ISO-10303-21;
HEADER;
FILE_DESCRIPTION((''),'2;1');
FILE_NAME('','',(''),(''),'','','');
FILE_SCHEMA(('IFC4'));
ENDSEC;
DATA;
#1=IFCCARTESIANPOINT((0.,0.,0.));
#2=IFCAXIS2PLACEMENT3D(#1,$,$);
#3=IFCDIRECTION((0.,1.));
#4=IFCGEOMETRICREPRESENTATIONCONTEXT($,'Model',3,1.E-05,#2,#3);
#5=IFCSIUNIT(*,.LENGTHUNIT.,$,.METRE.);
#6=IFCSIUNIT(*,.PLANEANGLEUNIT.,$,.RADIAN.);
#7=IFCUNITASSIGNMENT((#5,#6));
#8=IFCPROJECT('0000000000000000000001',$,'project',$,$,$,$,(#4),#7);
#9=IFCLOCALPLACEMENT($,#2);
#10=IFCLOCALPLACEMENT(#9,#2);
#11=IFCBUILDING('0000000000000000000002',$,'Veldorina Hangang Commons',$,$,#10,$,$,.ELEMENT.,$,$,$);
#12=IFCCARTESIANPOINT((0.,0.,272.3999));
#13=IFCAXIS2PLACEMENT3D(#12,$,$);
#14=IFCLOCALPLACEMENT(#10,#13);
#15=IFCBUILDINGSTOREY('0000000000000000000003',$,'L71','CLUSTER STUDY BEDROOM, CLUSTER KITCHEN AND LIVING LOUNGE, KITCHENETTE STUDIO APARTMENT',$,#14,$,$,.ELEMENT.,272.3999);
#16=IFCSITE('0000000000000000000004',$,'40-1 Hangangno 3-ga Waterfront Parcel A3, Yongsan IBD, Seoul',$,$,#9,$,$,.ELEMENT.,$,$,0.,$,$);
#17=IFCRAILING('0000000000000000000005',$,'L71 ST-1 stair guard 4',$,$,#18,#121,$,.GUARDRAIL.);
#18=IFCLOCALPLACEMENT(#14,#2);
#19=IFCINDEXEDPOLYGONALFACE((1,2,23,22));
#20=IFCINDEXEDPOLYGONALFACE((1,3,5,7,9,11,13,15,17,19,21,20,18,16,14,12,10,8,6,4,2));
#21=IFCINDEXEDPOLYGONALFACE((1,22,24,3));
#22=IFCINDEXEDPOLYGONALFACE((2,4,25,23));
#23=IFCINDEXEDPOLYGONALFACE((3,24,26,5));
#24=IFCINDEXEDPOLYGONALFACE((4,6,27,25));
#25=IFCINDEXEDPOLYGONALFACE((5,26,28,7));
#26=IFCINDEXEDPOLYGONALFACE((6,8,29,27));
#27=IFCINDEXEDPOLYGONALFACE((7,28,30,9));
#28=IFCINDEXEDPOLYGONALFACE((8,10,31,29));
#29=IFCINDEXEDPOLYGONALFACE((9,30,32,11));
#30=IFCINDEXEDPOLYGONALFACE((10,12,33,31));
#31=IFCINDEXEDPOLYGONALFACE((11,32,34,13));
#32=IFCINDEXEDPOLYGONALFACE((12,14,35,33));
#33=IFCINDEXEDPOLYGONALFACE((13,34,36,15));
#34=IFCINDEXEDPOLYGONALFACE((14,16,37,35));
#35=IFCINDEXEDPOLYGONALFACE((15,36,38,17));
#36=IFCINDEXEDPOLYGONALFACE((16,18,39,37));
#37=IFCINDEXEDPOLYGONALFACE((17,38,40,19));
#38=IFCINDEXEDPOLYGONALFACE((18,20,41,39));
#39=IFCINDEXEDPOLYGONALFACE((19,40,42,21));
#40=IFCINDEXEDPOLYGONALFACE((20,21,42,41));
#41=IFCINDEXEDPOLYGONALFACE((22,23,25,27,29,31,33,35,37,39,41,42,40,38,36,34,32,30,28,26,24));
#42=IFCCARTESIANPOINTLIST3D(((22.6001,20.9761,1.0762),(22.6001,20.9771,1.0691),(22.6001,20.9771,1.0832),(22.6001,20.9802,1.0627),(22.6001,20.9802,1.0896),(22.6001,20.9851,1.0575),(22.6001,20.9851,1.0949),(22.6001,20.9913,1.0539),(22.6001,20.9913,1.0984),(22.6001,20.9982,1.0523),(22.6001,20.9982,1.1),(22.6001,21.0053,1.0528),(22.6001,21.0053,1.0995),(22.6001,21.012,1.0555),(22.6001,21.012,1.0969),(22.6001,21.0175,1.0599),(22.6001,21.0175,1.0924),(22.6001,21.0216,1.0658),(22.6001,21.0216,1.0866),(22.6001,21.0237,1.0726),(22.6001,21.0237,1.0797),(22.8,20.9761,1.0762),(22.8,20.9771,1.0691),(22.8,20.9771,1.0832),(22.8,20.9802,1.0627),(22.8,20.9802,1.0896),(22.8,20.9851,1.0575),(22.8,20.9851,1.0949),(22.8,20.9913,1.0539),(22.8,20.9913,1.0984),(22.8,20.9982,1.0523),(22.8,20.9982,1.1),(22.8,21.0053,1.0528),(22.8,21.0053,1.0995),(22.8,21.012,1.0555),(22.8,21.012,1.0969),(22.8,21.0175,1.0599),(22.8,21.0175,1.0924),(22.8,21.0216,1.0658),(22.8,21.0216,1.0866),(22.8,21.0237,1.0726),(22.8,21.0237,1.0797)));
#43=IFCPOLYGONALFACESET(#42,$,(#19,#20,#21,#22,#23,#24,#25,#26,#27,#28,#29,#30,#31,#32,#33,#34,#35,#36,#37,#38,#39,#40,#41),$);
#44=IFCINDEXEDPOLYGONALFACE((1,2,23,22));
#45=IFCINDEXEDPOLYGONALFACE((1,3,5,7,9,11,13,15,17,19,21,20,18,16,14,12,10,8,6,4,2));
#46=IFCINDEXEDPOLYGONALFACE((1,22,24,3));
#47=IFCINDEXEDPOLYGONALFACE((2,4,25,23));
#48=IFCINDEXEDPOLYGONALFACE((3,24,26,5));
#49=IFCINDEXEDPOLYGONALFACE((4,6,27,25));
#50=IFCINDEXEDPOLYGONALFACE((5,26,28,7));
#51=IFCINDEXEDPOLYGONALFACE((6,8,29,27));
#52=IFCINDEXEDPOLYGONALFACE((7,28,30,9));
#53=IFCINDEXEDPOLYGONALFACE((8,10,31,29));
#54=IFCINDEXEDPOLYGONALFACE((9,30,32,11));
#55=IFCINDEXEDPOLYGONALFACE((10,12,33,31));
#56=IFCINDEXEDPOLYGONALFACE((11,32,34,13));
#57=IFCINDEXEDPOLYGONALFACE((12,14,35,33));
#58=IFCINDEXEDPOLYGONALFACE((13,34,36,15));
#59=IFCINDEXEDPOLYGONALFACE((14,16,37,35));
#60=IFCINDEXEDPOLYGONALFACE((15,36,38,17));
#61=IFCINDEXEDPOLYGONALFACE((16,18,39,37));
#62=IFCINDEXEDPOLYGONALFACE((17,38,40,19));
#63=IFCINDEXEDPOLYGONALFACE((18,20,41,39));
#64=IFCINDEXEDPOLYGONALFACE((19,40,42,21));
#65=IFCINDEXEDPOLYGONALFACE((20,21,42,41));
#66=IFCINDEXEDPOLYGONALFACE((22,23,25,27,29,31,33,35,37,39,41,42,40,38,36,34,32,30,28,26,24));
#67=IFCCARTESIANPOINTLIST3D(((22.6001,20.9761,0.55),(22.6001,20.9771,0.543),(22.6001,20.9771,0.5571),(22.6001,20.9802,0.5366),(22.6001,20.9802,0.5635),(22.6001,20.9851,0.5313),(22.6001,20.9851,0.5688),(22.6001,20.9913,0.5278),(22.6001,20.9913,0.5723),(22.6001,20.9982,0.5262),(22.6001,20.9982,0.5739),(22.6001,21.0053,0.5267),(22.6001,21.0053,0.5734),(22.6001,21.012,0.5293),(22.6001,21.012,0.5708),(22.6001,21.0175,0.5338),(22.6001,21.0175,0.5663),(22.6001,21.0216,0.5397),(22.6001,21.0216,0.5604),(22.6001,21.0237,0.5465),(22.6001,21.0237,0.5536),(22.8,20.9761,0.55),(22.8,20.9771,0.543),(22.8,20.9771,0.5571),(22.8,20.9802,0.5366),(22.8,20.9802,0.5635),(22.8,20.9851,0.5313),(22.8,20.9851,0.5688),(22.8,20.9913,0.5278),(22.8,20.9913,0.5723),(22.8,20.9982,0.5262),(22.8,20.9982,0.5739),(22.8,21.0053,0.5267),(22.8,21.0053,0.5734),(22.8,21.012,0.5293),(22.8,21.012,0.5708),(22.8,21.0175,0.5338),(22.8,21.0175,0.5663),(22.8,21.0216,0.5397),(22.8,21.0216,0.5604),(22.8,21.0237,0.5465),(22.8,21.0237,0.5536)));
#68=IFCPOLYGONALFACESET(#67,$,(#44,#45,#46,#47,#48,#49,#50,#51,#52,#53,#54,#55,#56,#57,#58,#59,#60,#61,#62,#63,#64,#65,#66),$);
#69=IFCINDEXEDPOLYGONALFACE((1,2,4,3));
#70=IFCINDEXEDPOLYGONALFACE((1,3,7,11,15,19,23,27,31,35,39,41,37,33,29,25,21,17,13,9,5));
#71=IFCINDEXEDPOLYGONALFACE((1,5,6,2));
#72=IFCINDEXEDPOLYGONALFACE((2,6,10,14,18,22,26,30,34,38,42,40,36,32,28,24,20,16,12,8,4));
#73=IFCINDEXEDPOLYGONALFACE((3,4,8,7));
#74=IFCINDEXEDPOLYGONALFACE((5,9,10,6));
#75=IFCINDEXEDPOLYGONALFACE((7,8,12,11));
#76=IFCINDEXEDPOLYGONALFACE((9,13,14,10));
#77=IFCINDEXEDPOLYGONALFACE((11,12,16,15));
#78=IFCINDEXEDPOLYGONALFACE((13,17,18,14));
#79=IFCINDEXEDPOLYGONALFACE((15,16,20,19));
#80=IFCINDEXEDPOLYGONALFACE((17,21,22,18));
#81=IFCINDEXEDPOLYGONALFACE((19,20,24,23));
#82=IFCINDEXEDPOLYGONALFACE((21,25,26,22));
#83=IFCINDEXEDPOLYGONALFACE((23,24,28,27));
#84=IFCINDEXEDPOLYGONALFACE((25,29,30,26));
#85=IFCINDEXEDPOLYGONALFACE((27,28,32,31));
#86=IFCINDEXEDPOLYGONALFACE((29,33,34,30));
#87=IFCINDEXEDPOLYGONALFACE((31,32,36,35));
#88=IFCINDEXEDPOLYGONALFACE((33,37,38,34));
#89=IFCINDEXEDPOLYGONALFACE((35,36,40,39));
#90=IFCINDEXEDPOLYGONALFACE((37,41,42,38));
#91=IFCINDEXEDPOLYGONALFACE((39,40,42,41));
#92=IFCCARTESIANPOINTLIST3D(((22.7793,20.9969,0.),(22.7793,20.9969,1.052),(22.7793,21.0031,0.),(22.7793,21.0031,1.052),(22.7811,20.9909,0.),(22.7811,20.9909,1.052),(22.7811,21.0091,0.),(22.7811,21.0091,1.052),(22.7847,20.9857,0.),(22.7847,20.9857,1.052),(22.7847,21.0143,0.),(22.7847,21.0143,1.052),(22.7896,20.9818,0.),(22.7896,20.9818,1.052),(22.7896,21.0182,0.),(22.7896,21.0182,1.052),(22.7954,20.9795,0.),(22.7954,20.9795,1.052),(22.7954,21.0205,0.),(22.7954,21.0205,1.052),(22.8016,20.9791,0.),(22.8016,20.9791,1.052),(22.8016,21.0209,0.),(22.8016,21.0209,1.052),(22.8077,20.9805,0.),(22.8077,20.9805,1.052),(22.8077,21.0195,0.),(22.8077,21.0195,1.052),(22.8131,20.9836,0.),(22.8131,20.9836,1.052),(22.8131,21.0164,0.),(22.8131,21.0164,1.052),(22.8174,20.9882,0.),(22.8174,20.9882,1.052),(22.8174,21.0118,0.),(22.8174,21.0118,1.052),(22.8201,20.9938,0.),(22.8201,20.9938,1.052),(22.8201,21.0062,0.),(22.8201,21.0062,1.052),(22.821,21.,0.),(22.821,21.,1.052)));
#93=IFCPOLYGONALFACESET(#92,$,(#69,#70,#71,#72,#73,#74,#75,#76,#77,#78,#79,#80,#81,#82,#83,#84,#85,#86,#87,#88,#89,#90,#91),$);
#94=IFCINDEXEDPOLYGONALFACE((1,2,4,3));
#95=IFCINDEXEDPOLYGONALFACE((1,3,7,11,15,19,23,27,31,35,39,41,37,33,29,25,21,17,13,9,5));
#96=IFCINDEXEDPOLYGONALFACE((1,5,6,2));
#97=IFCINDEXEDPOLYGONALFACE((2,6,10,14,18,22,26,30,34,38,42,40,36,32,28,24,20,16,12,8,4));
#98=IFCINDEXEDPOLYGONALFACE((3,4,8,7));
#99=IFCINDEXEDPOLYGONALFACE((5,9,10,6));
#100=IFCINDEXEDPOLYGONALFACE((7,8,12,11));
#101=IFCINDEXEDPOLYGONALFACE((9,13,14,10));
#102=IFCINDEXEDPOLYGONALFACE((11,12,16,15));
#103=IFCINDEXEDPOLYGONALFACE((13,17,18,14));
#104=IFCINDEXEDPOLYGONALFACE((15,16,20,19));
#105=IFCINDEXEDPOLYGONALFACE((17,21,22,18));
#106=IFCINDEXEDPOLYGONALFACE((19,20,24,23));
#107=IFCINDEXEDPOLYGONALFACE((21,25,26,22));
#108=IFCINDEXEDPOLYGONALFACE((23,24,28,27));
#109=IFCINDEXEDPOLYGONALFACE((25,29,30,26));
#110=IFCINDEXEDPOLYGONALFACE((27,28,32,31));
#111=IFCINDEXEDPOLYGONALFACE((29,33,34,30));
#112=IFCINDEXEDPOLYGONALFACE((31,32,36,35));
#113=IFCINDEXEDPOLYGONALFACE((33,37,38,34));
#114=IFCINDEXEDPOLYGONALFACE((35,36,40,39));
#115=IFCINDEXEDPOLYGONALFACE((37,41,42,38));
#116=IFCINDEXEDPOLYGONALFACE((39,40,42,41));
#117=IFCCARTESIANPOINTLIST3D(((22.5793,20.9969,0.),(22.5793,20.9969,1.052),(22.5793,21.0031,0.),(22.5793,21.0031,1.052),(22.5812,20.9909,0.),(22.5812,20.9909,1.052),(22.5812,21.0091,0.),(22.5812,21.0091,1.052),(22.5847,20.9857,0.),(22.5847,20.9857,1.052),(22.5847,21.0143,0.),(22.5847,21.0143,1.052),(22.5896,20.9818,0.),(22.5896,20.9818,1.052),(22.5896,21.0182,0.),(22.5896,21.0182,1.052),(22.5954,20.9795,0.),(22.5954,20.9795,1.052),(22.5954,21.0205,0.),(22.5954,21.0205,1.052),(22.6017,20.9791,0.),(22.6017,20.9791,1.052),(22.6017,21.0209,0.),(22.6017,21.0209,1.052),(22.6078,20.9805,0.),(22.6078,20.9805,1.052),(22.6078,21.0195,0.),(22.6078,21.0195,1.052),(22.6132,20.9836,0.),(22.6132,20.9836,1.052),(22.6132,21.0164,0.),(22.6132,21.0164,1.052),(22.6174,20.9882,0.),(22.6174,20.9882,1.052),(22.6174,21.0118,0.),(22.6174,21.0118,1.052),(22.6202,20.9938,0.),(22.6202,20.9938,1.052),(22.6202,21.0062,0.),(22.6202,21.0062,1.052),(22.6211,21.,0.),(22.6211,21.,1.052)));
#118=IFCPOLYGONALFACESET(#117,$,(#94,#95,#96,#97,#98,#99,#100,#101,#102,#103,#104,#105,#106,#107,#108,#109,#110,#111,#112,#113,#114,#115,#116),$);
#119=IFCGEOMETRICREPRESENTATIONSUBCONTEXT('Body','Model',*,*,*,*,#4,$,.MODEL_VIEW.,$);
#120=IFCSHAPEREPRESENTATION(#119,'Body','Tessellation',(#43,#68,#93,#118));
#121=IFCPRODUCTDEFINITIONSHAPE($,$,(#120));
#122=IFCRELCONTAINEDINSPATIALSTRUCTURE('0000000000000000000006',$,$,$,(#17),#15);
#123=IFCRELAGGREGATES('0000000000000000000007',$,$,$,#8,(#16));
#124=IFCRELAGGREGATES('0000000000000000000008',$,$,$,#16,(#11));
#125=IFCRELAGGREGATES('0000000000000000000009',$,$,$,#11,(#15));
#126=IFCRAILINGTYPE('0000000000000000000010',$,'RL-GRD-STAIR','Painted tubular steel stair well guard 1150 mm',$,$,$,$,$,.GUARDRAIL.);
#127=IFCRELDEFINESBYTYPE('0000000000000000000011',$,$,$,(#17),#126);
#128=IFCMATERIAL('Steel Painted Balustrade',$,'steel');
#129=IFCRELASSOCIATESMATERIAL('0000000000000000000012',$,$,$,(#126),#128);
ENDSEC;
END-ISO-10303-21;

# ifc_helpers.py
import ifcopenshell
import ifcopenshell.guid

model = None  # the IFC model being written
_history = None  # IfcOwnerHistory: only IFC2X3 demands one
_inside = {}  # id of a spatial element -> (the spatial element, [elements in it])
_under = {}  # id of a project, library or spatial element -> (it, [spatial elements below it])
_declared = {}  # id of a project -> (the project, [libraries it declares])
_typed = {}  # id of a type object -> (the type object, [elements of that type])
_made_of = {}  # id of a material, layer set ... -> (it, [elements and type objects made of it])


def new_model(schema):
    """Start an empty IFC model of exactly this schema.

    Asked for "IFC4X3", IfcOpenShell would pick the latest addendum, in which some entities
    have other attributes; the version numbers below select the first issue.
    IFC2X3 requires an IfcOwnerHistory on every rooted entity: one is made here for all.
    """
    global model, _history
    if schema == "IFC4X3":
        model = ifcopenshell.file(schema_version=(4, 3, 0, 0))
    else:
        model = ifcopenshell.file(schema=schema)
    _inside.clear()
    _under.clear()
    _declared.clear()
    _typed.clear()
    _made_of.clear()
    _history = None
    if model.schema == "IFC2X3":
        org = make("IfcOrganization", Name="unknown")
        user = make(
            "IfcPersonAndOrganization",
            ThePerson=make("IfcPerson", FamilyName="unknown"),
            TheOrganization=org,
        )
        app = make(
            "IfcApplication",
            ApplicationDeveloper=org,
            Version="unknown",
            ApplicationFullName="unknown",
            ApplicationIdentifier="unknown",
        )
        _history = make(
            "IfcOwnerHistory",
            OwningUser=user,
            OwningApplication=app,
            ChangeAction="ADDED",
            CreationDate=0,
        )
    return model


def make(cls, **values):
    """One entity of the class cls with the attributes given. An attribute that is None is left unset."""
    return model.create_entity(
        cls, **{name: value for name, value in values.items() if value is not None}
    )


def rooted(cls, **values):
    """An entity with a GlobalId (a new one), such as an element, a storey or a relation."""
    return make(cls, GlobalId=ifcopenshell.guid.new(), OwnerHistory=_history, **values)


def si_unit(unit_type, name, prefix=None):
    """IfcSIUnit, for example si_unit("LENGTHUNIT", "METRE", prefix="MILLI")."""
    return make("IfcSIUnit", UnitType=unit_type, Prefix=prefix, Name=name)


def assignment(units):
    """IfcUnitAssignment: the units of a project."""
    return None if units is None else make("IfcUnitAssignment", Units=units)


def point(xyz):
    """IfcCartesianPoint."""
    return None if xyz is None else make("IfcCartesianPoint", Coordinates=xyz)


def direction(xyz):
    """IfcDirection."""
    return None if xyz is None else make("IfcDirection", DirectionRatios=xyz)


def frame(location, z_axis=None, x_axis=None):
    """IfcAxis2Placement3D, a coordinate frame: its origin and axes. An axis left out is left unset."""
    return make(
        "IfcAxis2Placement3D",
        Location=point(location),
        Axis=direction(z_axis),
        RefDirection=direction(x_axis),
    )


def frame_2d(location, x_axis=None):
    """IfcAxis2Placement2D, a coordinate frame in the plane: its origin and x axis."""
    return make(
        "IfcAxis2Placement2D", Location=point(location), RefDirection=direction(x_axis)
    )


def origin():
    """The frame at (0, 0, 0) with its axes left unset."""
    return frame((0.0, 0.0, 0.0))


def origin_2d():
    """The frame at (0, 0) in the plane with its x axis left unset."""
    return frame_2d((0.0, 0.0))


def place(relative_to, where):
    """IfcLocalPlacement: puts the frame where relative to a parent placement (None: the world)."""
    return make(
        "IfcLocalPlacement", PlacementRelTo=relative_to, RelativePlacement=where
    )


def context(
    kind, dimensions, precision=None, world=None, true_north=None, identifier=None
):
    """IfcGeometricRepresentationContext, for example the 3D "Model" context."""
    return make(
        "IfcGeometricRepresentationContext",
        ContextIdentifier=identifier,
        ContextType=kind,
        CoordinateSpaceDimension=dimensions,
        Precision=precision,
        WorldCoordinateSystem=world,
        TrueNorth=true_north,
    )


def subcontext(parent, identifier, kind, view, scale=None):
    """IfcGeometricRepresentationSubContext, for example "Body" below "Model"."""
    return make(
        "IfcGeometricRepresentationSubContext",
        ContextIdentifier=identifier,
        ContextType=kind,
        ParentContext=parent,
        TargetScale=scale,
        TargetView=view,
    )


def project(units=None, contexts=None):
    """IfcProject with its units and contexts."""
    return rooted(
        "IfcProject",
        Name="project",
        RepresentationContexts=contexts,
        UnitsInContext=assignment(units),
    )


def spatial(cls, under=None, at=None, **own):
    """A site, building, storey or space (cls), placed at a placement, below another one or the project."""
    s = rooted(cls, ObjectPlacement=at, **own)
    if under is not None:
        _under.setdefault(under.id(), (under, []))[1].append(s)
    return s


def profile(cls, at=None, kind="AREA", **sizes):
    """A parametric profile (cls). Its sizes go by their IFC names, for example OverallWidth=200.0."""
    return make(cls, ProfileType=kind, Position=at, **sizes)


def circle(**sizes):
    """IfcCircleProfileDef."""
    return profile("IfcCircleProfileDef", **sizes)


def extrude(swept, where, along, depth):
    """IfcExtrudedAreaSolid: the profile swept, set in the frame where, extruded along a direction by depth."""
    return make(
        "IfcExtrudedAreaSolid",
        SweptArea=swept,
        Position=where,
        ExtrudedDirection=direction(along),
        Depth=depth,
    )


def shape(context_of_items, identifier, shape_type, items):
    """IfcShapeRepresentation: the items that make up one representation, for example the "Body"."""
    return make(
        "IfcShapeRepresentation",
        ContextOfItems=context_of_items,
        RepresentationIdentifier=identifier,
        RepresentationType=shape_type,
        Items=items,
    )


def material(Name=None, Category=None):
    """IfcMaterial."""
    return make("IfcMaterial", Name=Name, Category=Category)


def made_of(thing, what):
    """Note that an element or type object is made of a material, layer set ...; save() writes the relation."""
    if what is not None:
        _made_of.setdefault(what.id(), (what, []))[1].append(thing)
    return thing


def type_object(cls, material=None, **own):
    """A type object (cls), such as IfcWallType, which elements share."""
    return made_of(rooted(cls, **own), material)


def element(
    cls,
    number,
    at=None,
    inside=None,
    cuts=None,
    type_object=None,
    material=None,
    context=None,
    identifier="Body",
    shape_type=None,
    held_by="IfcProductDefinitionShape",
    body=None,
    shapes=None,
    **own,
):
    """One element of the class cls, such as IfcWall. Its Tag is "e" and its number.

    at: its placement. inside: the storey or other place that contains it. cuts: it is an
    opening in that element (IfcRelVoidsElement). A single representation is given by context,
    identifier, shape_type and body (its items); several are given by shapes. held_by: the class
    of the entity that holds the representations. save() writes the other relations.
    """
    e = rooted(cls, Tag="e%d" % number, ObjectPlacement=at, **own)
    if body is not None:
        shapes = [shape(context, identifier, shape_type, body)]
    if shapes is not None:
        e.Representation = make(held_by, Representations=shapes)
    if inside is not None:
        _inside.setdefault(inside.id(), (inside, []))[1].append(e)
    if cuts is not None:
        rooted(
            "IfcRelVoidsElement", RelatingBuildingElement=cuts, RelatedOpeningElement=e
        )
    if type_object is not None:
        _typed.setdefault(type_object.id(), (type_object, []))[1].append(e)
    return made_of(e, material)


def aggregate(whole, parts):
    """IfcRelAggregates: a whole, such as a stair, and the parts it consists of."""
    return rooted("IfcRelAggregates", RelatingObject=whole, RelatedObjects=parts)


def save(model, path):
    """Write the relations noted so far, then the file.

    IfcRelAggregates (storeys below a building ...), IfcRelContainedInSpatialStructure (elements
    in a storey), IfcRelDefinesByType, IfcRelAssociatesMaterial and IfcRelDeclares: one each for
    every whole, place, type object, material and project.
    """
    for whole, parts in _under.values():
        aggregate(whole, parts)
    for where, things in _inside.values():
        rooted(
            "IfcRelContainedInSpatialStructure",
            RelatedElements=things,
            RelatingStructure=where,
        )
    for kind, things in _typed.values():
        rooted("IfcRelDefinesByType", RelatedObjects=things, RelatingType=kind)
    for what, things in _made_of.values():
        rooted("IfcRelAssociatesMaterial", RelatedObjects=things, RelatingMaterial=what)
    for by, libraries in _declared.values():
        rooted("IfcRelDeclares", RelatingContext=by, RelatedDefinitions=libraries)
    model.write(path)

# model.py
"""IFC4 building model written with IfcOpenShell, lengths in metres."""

from ifc_helpers import new_model, si_unit, direction, frame, origin, origin_2d, place, context, subcontext, project, spatial, circle, extrude, material, type_object, element, save


model = new_model("IFC4")

# Units and contexts
model_context = context("Model", 3, precision=1e-05, world=origin(), true_north=direction((0.0, 1.0)))
body_context = subcontext(model_context, "Body", "Model", "MODEL_VIEW")
ifc_project = project(units=[si_unit("LENGTHUNIT", "METRE"), si_unit("PLANEANGLEUNIT", "RADIAN")], contexts=[model_context])

# Site, building, storey
site_placement = place(None, origin())
site = spatial("IfcSite", under=ifc_project, at=site_placement, Name="40-1 Hangangno 3-ga Waterfront Parcel A3, Yongsan IBD, Seoul", CompositionType="ELEMENT", RefElevation=0.0)
building_placement = place(site_placement, origin())
building = spatial("IfcBuilding", under=site, at=building_placement, Name="Veldorina Hangang Commons", CompositionType="ELEMENT")
storey_placement = place(building_placement, frame((0.0, 0.0, 272.3999)))
storey = spatial("IfcBuildingStorey", under=building, at=storey_placement, Name="L71", Description="CLUSTER STUDY BEDROOM, CLUSTER KITCHEN AND LIVING LOUNGE, KITCHENETTE STUDIO APARTMENT", CompositionType="ELEMENT", Elevation=272.3999)

# Railing
ifc_material_1 = material(Name="Steel Painted Balustrade", Category="steel")
railing_type_1 = type_object("IfcRailingType", Name="RL-GRD-STAIR", Description="Painted tubular steel stair well guard 1150 mm", PredefinedType="GUARDRAIL", material=ifc_material_1)
railing_1_placement = place(storey_placement, frame((22.8, 21.0, 0.0)))
element("IfcRailing", 1, at=railing_1_placement, inside=storey, type_object=railing_type_1, Name="L71 ST-1 stair guard 4", PredefinedType="GUARDRAIL", context=body_context, shape_type="SweptSolid", body=[
    extrude(circle(Radius=0.0239, at=origin_2d()), frame((0.0, 0.0, 1.0762), z_axis=(-1.0, 0.0, 0.0), x_axis=(0.0, -1.0, 0.0)), (0.0, 0.0, 1.0), 0.2),
    extrude(circle(Radius=0.0239, at=origin_2d()), frame((0.0, 0.0, 0.55), z_axis=(-1.0, 0.0, 0.0), x_axis=(0.0, -1.0, 0.0)), (0.0, 0.0, 1.0), 0.2),
    extrude(circle(Radius=0.021, at=origin_2d()), origin(), (0.0, 0.0, 1.0), 1.052),
    extrude(circle(Radius=0.021, at=origin_2d()), frame((-0.2, 0.0, 0.0)), (0.0, 0.0, 1.0), 1.052),
])

save(model, "model.ifc")
